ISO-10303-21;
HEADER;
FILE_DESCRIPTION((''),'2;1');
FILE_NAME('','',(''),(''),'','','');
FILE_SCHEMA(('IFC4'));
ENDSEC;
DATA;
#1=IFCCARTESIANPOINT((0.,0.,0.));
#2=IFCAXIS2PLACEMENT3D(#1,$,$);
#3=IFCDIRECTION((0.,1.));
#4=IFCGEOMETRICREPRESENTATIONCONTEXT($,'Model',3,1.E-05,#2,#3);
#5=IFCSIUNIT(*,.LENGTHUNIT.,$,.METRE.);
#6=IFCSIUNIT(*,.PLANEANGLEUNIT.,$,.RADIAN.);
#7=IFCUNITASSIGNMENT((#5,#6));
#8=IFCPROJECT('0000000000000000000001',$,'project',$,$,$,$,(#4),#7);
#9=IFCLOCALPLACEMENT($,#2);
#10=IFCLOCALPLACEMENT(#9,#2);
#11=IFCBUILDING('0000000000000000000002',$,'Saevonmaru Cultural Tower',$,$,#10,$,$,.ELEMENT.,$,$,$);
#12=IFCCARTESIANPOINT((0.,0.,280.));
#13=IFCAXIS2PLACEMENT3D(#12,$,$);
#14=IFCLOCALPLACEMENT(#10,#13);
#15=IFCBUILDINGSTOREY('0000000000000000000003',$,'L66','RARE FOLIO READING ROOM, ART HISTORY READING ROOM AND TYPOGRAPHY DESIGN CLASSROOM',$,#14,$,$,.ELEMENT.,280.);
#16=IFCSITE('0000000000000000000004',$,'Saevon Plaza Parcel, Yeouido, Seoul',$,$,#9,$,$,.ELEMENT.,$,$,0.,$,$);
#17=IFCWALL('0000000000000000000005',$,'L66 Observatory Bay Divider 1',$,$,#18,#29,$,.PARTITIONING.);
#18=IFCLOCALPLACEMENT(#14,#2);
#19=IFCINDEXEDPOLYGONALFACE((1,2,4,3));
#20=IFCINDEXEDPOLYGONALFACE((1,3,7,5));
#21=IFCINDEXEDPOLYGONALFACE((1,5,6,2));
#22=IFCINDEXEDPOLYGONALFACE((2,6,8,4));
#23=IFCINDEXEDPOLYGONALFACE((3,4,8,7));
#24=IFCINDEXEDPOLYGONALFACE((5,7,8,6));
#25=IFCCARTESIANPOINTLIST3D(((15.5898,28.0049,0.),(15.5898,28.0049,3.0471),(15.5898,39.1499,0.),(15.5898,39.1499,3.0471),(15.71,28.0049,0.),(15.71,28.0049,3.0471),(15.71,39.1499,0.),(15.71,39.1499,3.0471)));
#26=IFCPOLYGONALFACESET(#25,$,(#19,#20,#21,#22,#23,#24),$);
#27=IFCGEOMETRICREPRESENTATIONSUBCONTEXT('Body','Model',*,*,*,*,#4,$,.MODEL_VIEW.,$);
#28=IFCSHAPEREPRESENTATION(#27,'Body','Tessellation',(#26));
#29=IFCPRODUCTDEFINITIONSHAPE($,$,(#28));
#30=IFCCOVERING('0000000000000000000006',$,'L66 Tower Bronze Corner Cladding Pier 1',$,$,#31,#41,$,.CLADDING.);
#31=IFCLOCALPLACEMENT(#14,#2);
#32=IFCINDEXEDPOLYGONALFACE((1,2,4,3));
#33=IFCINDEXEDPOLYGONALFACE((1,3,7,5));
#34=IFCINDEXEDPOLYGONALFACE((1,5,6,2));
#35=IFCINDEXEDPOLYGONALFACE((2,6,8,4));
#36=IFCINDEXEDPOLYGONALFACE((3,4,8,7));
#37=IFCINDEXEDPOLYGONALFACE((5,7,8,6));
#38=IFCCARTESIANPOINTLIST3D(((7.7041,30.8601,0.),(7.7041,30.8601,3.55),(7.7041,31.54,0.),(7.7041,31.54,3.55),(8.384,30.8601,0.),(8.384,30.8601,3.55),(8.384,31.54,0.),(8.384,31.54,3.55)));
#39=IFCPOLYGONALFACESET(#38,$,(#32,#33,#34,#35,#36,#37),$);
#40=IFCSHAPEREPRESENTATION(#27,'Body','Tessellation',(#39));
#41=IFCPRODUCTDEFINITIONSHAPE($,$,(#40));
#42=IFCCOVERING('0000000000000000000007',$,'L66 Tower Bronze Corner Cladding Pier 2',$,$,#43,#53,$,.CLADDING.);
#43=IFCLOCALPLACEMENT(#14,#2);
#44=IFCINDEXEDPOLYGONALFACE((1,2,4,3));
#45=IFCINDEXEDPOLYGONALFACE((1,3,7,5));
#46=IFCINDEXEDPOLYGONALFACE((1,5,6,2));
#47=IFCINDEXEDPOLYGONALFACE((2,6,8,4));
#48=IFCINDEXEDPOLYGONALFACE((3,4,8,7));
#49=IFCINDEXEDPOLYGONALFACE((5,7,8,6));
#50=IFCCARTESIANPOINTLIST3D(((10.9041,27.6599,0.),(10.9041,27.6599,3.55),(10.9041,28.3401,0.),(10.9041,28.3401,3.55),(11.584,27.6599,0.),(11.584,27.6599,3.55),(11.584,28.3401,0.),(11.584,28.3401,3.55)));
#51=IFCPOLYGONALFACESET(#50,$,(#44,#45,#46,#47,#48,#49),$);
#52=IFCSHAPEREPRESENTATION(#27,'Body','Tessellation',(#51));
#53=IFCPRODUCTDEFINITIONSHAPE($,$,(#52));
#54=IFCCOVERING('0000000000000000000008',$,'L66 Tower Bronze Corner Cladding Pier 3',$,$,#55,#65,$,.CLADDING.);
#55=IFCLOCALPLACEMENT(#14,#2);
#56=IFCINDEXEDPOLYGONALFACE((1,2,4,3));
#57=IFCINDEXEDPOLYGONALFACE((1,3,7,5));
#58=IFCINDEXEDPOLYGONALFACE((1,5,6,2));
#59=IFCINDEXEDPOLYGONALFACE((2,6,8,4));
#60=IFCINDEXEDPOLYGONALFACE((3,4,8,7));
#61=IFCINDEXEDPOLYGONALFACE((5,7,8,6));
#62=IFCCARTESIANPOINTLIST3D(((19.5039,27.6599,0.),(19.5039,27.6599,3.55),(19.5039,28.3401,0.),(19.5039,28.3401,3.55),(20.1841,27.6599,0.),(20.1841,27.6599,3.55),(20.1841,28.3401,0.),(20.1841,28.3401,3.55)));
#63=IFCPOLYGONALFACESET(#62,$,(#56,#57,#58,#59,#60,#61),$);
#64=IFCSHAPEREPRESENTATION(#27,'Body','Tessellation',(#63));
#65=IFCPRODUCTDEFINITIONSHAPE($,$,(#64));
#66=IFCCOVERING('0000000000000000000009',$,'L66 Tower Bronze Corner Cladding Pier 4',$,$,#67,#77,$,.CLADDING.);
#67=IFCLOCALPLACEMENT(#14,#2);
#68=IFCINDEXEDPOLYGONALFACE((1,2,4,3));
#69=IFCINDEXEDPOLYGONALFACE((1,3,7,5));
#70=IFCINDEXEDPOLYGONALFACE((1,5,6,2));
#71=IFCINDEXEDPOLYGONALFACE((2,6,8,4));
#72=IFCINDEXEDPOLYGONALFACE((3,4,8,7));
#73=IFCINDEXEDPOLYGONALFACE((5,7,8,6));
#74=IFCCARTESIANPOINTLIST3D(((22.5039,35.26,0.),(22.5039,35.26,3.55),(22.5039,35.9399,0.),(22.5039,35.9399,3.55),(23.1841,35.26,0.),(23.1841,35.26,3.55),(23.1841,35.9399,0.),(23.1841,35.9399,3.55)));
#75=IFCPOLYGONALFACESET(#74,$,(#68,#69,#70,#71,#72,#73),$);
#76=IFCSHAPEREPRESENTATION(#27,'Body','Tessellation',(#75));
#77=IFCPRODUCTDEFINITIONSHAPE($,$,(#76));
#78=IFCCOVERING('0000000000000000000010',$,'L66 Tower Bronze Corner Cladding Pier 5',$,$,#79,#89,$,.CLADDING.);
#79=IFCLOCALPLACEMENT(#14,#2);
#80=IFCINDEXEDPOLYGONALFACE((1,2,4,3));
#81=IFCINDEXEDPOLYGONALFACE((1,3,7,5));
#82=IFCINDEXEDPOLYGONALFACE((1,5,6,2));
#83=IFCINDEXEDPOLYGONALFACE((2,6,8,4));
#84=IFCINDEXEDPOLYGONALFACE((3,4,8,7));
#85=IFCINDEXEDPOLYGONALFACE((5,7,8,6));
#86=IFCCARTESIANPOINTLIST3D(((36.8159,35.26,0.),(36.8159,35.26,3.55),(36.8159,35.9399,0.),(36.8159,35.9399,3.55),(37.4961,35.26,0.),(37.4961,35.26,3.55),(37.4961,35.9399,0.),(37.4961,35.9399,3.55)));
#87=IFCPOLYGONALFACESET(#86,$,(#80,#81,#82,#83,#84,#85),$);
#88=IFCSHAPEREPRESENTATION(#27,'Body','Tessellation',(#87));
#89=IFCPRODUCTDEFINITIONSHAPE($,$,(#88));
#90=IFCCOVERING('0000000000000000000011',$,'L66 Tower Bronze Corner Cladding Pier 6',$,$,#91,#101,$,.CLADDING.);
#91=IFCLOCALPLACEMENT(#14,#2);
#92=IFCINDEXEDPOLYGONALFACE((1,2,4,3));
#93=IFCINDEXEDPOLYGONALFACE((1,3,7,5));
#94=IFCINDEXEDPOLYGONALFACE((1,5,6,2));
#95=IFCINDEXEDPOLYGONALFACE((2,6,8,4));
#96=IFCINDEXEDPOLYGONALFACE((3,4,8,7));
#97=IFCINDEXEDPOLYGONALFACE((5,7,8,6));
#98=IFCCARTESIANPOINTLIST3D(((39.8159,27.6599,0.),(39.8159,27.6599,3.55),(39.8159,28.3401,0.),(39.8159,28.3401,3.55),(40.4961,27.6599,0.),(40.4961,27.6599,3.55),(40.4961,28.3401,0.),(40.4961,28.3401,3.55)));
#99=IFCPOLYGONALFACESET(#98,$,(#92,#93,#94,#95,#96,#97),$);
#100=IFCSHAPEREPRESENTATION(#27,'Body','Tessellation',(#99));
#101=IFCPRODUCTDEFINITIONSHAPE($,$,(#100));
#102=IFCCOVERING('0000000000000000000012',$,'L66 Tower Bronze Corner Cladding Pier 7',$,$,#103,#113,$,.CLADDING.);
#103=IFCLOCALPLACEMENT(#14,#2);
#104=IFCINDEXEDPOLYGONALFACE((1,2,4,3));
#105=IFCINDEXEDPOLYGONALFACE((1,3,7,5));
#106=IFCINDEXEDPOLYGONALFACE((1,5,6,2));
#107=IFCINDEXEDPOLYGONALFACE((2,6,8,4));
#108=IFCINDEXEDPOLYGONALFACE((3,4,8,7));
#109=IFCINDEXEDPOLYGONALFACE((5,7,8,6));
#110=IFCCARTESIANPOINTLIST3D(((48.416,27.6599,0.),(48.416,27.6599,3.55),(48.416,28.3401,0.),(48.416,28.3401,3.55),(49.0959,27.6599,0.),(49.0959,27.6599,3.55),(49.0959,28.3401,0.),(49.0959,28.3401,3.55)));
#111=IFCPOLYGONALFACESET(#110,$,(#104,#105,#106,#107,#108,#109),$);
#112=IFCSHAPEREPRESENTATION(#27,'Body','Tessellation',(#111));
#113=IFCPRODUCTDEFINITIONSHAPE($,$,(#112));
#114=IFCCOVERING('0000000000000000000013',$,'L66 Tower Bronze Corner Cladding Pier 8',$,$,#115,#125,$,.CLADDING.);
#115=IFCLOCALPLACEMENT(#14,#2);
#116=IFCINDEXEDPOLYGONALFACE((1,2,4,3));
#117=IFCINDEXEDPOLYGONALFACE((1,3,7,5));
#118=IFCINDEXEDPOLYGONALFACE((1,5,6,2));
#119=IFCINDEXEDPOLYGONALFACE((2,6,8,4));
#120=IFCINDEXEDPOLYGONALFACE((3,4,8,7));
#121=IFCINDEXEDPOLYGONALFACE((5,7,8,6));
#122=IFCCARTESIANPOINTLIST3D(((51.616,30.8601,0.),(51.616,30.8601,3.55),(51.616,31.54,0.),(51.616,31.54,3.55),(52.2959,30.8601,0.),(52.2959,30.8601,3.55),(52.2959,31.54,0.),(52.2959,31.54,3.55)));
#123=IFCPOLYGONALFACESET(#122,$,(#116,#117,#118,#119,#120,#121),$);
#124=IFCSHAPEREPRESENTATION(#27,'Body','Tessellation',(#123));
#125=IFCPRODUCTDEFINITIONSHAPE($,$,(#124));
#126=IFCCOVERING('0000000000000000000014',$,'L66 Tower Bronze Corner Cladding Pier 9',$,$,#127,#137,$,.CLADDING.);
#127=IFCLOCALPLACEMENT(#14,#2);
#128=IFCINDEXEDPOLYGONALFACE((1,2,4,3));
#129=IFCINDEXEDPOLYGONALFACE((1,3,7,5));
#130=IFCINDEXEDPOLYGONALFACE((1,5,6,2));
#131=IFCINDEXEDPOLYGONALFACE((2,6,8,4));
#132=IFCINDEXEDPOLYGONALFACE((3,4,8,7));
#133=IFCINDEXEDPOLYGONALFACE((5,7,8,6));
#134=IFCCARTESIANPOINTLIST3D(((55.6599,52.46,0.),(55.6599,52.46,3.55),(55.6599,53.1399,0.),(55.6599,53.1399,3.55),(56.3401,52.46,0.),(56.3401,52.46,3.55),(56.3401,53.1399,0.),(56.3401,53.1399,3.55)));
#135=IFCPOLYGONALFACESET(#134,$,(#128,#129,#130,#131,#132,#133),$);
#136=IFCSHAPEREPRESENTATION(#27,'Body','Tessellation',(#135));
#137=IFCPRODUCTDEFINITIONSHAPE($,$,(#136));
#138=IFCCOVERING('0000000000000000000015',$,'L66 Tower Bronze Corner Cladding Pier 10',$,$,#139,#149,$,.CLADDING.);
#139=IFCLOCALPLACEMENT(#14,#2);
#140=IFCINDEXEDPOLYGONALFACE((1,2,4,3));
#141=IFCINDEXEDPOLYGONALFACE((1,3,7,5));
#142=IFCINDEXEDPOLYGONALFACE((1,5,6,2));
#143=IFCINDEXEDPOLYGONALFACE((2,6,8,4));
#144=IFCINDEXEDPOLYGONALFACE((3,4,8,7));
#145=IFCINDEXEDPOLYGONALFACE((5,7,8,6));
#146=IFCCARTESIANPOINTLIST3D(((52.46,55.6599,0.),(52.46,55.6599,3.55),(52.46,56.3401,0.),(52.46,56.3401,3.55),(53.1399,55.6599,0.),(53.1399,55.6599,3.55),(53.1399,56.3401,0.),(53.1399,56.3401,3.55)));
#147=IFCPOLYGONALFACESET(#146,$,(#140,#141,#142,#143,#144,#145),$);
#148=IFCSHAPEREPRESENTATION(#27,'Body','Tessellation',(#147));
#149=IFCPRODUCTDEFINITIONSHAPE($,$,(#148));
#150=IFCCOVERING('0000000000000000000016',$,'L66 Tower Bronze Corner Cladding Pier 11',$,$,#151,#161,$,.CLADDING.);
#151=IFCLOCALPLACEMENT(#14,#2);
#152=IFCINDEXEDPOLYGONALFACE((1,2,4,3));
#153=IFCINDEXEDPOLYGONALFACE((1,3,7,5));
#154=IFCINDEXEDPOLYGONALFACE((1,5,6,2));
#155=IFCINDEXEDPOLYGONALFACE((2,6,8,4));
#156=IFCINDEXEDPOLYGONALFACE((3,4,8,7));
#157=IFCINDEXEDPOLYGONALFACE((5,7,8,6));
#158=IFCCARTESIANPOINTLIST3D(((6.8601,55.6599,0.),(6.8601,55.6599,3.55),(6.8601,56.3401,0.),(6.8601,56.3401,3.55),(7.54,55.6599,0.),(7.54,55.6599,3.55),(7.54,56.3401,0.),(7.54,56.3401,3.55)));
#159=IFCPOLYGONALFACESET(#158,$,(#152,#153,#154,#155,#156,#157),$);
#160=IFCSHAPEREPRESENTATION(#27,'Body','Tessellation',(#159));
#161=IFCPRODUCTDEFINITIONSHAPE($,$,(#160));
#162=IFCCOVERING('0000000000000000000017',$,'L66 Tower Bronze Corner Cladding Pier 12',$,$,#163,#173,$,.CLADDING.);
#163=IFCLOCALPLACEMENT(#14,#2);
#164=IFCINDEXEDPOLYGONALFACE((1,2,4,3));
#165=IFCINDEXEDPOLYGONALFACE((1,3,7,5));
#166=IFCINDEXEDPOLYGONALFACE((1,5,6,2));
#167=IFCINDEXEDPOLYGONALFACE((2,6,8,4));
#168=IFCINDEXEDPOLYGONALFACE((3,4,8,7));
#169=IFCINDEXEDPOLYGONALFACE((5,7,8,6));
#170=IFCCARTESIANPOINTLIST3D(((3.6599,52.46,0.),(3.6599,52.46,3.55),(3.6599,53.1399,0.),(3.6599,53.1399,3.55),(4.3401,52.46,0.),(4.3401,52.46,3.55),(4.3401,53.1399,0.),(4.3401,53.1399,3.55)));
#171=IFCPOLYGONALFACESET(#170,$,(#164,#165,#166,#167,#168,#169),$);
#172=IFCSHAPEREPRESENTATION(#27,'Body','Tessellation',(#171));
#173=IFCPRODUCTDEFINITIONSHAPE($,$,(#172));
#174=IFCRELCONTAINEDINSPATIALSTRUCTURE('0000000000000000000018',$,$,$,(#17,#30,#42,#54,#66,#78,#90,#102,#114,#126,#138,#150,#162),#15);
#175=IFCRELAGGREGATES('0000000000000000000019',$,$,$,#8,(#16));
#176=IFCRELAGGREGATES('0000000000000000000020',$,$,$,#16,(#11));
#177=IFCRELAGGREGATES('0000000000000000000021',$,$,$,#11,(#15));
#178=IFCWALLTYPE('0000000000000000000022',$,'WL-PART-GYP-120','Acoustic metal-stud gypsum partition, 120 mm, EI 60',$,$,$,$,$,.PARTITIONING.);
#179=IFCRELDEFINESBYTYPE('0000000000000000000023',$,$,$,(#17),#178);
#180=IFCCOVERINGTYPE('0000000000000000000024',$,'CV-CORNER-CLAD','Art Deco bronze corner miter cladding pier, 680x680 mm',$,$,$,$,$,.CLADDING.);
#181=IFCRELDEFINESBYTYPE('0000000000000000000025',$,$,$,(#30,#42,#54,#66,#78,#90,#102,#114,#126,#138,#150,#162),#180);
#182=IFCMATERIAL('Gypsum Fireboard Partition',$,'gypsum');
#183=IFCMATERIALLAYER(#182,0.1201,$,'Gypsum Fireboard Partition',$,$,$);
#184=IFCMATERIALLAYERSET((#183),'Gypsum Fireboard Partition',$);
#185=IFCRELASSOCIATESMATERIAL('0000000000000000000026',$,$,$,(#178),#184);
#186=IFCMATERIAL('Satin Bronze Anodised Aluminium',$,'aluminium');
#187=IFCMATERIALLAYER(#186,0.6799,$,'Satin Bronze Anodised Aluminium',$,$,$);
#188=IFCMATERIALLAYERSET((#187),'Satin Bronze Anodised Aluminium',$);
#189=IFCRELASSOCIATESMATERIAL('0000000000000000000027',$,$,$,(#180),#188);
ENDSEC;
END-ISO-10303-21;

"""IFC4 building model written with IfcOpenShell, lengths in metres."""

from ifc_helpers import new_model, si_unit, direction, frame, frame_2d, origin, place, context, subcontext, project, spatial, polyline, rectangle, outline, extrude, material, layer, layer_set, type_object, element, save


model = new_model("IFC4")

# Units and contexts
model_context = context("Model", 3, precision=1e-05, world=origin(), true_north=direction((0.0, 1.0)))
body_context = subcontext(model_context, "Body", "Model", "MODEL_VIEW")
ifc_project = project(units=[si_unit("LENGTHUNIT", "METRE"), si_unit("PLANEANGLEUNIT", "RADIAN")], contexts=[model_context])

# Site, building, storey
site_placement = place(None, origin())
site = spatial("IfcSite", under=ifc_project, at=site_placement, Name="Saevon Plaza Parcel, Yeouido, Seoul", CompositionType="ELEMENT", RefElevation=0.0)
building_placement = place(site_placement, origin())
building = spatial("IfcBuilding", under=site, at=building_placement, Name="Saevonmaru Cultural Tower", CompositionType="ELEMENT")
storey_placement = place(building_placement, frame((0.0, 0.0, 280.0)))
storey = spatial("IfcBuildingStorey", under=building, at=storey_placement, Name="L66", Description="RARE FOLIO READING ROOM, ART HISTORY READING ROOM AND TYPOGRAPHY DESIGN CLASSROOM", CompositionType="ELEMENT", Elevation=280.0)

# Shared definitions
ifc_material_1 = material(Name="Satin Bronze Anodised Aluminium", Category="aluminium")

# Wall
ifc_material_2 = material(Name="Gypsum Fireboard Partition", Category="gypsum")
ifc_layer_1 = layer(ifc_material_2, 0.1201, Name="Gypsum Fireboard Partition")
ifc_layer_set_1 = layer_set([ifc_layer_1], Name="Gypsum Fireboard Partition")
wall_type_1 = type_object("IfcWallType", Name="WL-PART-GYP-120", Description="Acoustic metal-stud gypsum partition, 120 mm, EI 60", PredefinedType="PARTITIONING", material=ifc_layer_set_1)
wall_1_placement = place(storey_placement, frame((15.6499, 28.0049, 0.0), z_axis=(0.0, 0.0, 1.0), x_axis=(0.0, 1.0, 0.0)))
element("IfcWall", 1, at=wall_1_placement, inside=storey, type_object=wall_type_1, Name="L66 Observatory Bay Divider 1", PredefinedType="PARTITIONING", context=body_context, shape_type="SweptSolid", body=[
    extrude(rectangle(XDim=11.145, YDim=0.1201, at=frame_2d((5.5725, 0.0))), origin(), (0.0, 0.0, 1.0), 3.0471),
])

# Coverings
ifc_layer_2 = layer(ifc_material_1, 0.6799, Name="Satin Bronze Anodised Aluminium")
ifc_layer_set_2 = layer_set([ifc_layer_2], Name="Satin Bronze Anodised Aluminium")
covering_type = type_object("IfcCoveringType", Name="CV-CORNER-CLAD", Description="Art Deco bronze corner miter cladding pier, 680x680 mm", PredefinedType="CLADDING", material=ifc_layer_set_2)
covering_1_placement = place(storey_placement, origin())
element("IfcCovering", 2, at=covering_1_placement, inside=storey, type_object=covering_type, Name="L66 Tower Bronze Corner Cladding Pier 1", PredefinedType="CLADDING", context=body_context, shape_type="SweptSolid", body=[
    extrude(outline(polyline([(7.7041, 30.8601), (8.384, 30.8601), (8.384, 31.54), (7.7041, 31.54), (7.7041, 30.8601)])), origin(), (0.0, 0.0, 1.0), 3.55),
])
covering_2_placement = place(storey_placement, origin())
element("IfcCovering", 3, at=covering_2_placement, inside=storey, type_object=covering_type, Name="L66 Tower Bronze Corner Cladding Pier 2", PredefinedType="CLADDING", context=body_context, shape_type="SweptSolid", body=[
    extrude(outline(polyline([(10.9041, 27.6599), (11.584, 27.6599), (11.584, 28.3401), (10.9041, 28.3401), (10.9041, 27.6599)])), origin(), (0.0, 0.0, 1.0), 3.55),
])
covering_3_placement = place(storey_placement, origin())
element("IfcCovering", 4, at=covering_3_placement, inside=storey, type_object=covering_type, Name="L66 Tower Bronze Corner Cladding Pier 3", PredefinedType="CLADDING", context=body_context, shape_type="SweptSolid", body=[
    extrude(outline(polyline([(19.5039, 27.6599), (20.1841, 27.6599), (20.1841, 28.3401), (19.5039, 28.3401), (19.5039, 27.6599)])), origin(), (0.0, 0.0, 1.0), 3.55),
])
covering_4_placement = place(storey_placement, origin())
element("IfcCovering", 5, at=covering_4_placement, inside=storey, type_object=covering_type, Name="L66 Tower Bronze Corner Cladding Pier 4", PredefinedType="CLADDING", context=body_context, shape_type="SweptSolid", body=[
    extrude(outline(polyline([(22.5039, 35.26), (23.1841, 35.26), (23.1841, 35.9399), (22.5039, 35.9399), (22.5039, 35.26)])), origin(), (0.0, 0.0, 1.0), 3.55),
])
covering_5_placement = place(storey_placement, origin())
element("IfcCovering", 6, at=covering_5_placement, inside=storey, type_object=covering_type, Name="L66 Tower Bronze Corner Cladding Pier 5", PredefinedType="CLADDING", context=body_context, shape_type="SweptSolid", body=[
    extrude(outline(polyline([(36.8159, 35.26), (37.4961, 35.26), (37.4961, 35.9399), (36.8159, 35.9399), (36.8159, 35.26)])), origin(), (0.0, 0.0, 1.0), 3.55),
])
covering_6_placement = place(storey_placement, origin())
element("IfcCovering", 7, at=covering_6_placement, inside=storey, type_object=covering_type, Name="L66 Tower Bronze Corner Cladding Pier 6", PredefinedType="CLADDING", context=body_context, shape_type="SweptSolid", body=[
    extrude(outline(polyline([(39.8159, 27.6599), (40.4961, 27.6599), (40.4961, 28.3401), (39.8159, 28.3401), (39.8159, 27.6599)])), origin(), (0.0, 0.0, 1.0), 3.55),
])
covering_7_placement = place(storey_placement, origin())
element("IfcCovering", 8, at=covering_7_placement, inside=storey, type_object=covering_type, Name="L66 Tower Bronze Corner Cladding Pier 7", PredefinedType="CLADDING", context=body_context, shape_type="SweptSolid", body=[
    extrude(outline(polyline([(48.416, 27.6599), (49.0959, 27.6599), (49.0959, 28.3401), (48.416, 28.3401), (48.416, 27.6599)])), origin(), (0.0, 0.0, 1.0), 3.55),
])
covering_8_placement = place(storey_placement, origin())
element("IfcCovering", 9, at=covering_8_placement, inside=storey, type_object=covering_type, Name="L66 Tower Bronze Corner Cladding Pier 8", PredefinedType="CLADDING", context=body_context, shape_type="SweptSolid", body=[
    extrude(outline(polyline([(51.616, 30.8601), (52.2959, 30.8601), (52.2959, 31.54), (51.616, 31.54), (51.616, 30.8601)])), origin(), (0.0, 0.0, 1.0), 3.55),
])
covering_9_placement = place(storey_placement, origin())
element("IfcCovering", 10, at=covering_9_placement, inside=storey, type_object=covering_type, Name="L66 Tower Bronze Corner Cladding Pier 9", PredefinedType="CLADDING", context=body_context, shape_type="SweptSolid", body=[
    extrude(outline(polyline([(55.6599, 52.46), (56.3401, 52.46), (56.3401, 53.1399), (55.6599, 53.1399), (55.6599, 52.46)])), origin(), (0.0, 0.0, 1.0), 3.55),
])
covering_10_placement = place(storey_placement, origin())
element("IfcCovering", 11, at=covering_10_placement, inside=storey, type_object=covering_type, Name="L66 Tower Bronze Corner Cladding Pier 10", PredefinedType="CLADDING", context=body_context, shape_type="SweptSolid", body=[
    extrude(outline(polyline([(52.46, 55.6599), (53.1399, 55.6599), (53.1399, 56.3401), (52.46, 56.3401), (52.46, 55.6599)])), origin(), (0.0, 0.0, 1.0), 3.55),
])
covering_11_placement = place(storey_placement, origin())
element("IfcCovering", 12, at=covering_11_placement, inside=storey, type_object=covering_type, Name="L66 Tower Bronze Corner Cladding Pier 11", PredefinedType="CLADDING", context=body_context, shape_type="SweptSolid", body=[
    extrude(outline(polyline([(6.8601, 55.6599), (7.54, 55.6599), (7.54, 56.3401), (6.8601, 56.3401), (6.8601, 55.6599)])), origin(), (0.0, 0.0, 1.0), 3.55),
])
covering_12_placement = place(storey_placement, origin())
element("IfcCovering", 13, at=covering_12_placement, inside=storey, type_object=covering_type, Name="L66 Tower Bronze Corner Cladding Pier 12", PredefinedType="CLADDING", context=body_context, shape_type="SweptSolid", body=[
    extrude(outline(polyline([(3.6599, 52.46), (4.3401, 52.46), (4.3401, 53.1399), (3.6599, 53.1399), (3.6599, 52.46)])), origin(), (0.0, 0.0, 1.0), 3.55),
])

save(model, "model.ifc")
